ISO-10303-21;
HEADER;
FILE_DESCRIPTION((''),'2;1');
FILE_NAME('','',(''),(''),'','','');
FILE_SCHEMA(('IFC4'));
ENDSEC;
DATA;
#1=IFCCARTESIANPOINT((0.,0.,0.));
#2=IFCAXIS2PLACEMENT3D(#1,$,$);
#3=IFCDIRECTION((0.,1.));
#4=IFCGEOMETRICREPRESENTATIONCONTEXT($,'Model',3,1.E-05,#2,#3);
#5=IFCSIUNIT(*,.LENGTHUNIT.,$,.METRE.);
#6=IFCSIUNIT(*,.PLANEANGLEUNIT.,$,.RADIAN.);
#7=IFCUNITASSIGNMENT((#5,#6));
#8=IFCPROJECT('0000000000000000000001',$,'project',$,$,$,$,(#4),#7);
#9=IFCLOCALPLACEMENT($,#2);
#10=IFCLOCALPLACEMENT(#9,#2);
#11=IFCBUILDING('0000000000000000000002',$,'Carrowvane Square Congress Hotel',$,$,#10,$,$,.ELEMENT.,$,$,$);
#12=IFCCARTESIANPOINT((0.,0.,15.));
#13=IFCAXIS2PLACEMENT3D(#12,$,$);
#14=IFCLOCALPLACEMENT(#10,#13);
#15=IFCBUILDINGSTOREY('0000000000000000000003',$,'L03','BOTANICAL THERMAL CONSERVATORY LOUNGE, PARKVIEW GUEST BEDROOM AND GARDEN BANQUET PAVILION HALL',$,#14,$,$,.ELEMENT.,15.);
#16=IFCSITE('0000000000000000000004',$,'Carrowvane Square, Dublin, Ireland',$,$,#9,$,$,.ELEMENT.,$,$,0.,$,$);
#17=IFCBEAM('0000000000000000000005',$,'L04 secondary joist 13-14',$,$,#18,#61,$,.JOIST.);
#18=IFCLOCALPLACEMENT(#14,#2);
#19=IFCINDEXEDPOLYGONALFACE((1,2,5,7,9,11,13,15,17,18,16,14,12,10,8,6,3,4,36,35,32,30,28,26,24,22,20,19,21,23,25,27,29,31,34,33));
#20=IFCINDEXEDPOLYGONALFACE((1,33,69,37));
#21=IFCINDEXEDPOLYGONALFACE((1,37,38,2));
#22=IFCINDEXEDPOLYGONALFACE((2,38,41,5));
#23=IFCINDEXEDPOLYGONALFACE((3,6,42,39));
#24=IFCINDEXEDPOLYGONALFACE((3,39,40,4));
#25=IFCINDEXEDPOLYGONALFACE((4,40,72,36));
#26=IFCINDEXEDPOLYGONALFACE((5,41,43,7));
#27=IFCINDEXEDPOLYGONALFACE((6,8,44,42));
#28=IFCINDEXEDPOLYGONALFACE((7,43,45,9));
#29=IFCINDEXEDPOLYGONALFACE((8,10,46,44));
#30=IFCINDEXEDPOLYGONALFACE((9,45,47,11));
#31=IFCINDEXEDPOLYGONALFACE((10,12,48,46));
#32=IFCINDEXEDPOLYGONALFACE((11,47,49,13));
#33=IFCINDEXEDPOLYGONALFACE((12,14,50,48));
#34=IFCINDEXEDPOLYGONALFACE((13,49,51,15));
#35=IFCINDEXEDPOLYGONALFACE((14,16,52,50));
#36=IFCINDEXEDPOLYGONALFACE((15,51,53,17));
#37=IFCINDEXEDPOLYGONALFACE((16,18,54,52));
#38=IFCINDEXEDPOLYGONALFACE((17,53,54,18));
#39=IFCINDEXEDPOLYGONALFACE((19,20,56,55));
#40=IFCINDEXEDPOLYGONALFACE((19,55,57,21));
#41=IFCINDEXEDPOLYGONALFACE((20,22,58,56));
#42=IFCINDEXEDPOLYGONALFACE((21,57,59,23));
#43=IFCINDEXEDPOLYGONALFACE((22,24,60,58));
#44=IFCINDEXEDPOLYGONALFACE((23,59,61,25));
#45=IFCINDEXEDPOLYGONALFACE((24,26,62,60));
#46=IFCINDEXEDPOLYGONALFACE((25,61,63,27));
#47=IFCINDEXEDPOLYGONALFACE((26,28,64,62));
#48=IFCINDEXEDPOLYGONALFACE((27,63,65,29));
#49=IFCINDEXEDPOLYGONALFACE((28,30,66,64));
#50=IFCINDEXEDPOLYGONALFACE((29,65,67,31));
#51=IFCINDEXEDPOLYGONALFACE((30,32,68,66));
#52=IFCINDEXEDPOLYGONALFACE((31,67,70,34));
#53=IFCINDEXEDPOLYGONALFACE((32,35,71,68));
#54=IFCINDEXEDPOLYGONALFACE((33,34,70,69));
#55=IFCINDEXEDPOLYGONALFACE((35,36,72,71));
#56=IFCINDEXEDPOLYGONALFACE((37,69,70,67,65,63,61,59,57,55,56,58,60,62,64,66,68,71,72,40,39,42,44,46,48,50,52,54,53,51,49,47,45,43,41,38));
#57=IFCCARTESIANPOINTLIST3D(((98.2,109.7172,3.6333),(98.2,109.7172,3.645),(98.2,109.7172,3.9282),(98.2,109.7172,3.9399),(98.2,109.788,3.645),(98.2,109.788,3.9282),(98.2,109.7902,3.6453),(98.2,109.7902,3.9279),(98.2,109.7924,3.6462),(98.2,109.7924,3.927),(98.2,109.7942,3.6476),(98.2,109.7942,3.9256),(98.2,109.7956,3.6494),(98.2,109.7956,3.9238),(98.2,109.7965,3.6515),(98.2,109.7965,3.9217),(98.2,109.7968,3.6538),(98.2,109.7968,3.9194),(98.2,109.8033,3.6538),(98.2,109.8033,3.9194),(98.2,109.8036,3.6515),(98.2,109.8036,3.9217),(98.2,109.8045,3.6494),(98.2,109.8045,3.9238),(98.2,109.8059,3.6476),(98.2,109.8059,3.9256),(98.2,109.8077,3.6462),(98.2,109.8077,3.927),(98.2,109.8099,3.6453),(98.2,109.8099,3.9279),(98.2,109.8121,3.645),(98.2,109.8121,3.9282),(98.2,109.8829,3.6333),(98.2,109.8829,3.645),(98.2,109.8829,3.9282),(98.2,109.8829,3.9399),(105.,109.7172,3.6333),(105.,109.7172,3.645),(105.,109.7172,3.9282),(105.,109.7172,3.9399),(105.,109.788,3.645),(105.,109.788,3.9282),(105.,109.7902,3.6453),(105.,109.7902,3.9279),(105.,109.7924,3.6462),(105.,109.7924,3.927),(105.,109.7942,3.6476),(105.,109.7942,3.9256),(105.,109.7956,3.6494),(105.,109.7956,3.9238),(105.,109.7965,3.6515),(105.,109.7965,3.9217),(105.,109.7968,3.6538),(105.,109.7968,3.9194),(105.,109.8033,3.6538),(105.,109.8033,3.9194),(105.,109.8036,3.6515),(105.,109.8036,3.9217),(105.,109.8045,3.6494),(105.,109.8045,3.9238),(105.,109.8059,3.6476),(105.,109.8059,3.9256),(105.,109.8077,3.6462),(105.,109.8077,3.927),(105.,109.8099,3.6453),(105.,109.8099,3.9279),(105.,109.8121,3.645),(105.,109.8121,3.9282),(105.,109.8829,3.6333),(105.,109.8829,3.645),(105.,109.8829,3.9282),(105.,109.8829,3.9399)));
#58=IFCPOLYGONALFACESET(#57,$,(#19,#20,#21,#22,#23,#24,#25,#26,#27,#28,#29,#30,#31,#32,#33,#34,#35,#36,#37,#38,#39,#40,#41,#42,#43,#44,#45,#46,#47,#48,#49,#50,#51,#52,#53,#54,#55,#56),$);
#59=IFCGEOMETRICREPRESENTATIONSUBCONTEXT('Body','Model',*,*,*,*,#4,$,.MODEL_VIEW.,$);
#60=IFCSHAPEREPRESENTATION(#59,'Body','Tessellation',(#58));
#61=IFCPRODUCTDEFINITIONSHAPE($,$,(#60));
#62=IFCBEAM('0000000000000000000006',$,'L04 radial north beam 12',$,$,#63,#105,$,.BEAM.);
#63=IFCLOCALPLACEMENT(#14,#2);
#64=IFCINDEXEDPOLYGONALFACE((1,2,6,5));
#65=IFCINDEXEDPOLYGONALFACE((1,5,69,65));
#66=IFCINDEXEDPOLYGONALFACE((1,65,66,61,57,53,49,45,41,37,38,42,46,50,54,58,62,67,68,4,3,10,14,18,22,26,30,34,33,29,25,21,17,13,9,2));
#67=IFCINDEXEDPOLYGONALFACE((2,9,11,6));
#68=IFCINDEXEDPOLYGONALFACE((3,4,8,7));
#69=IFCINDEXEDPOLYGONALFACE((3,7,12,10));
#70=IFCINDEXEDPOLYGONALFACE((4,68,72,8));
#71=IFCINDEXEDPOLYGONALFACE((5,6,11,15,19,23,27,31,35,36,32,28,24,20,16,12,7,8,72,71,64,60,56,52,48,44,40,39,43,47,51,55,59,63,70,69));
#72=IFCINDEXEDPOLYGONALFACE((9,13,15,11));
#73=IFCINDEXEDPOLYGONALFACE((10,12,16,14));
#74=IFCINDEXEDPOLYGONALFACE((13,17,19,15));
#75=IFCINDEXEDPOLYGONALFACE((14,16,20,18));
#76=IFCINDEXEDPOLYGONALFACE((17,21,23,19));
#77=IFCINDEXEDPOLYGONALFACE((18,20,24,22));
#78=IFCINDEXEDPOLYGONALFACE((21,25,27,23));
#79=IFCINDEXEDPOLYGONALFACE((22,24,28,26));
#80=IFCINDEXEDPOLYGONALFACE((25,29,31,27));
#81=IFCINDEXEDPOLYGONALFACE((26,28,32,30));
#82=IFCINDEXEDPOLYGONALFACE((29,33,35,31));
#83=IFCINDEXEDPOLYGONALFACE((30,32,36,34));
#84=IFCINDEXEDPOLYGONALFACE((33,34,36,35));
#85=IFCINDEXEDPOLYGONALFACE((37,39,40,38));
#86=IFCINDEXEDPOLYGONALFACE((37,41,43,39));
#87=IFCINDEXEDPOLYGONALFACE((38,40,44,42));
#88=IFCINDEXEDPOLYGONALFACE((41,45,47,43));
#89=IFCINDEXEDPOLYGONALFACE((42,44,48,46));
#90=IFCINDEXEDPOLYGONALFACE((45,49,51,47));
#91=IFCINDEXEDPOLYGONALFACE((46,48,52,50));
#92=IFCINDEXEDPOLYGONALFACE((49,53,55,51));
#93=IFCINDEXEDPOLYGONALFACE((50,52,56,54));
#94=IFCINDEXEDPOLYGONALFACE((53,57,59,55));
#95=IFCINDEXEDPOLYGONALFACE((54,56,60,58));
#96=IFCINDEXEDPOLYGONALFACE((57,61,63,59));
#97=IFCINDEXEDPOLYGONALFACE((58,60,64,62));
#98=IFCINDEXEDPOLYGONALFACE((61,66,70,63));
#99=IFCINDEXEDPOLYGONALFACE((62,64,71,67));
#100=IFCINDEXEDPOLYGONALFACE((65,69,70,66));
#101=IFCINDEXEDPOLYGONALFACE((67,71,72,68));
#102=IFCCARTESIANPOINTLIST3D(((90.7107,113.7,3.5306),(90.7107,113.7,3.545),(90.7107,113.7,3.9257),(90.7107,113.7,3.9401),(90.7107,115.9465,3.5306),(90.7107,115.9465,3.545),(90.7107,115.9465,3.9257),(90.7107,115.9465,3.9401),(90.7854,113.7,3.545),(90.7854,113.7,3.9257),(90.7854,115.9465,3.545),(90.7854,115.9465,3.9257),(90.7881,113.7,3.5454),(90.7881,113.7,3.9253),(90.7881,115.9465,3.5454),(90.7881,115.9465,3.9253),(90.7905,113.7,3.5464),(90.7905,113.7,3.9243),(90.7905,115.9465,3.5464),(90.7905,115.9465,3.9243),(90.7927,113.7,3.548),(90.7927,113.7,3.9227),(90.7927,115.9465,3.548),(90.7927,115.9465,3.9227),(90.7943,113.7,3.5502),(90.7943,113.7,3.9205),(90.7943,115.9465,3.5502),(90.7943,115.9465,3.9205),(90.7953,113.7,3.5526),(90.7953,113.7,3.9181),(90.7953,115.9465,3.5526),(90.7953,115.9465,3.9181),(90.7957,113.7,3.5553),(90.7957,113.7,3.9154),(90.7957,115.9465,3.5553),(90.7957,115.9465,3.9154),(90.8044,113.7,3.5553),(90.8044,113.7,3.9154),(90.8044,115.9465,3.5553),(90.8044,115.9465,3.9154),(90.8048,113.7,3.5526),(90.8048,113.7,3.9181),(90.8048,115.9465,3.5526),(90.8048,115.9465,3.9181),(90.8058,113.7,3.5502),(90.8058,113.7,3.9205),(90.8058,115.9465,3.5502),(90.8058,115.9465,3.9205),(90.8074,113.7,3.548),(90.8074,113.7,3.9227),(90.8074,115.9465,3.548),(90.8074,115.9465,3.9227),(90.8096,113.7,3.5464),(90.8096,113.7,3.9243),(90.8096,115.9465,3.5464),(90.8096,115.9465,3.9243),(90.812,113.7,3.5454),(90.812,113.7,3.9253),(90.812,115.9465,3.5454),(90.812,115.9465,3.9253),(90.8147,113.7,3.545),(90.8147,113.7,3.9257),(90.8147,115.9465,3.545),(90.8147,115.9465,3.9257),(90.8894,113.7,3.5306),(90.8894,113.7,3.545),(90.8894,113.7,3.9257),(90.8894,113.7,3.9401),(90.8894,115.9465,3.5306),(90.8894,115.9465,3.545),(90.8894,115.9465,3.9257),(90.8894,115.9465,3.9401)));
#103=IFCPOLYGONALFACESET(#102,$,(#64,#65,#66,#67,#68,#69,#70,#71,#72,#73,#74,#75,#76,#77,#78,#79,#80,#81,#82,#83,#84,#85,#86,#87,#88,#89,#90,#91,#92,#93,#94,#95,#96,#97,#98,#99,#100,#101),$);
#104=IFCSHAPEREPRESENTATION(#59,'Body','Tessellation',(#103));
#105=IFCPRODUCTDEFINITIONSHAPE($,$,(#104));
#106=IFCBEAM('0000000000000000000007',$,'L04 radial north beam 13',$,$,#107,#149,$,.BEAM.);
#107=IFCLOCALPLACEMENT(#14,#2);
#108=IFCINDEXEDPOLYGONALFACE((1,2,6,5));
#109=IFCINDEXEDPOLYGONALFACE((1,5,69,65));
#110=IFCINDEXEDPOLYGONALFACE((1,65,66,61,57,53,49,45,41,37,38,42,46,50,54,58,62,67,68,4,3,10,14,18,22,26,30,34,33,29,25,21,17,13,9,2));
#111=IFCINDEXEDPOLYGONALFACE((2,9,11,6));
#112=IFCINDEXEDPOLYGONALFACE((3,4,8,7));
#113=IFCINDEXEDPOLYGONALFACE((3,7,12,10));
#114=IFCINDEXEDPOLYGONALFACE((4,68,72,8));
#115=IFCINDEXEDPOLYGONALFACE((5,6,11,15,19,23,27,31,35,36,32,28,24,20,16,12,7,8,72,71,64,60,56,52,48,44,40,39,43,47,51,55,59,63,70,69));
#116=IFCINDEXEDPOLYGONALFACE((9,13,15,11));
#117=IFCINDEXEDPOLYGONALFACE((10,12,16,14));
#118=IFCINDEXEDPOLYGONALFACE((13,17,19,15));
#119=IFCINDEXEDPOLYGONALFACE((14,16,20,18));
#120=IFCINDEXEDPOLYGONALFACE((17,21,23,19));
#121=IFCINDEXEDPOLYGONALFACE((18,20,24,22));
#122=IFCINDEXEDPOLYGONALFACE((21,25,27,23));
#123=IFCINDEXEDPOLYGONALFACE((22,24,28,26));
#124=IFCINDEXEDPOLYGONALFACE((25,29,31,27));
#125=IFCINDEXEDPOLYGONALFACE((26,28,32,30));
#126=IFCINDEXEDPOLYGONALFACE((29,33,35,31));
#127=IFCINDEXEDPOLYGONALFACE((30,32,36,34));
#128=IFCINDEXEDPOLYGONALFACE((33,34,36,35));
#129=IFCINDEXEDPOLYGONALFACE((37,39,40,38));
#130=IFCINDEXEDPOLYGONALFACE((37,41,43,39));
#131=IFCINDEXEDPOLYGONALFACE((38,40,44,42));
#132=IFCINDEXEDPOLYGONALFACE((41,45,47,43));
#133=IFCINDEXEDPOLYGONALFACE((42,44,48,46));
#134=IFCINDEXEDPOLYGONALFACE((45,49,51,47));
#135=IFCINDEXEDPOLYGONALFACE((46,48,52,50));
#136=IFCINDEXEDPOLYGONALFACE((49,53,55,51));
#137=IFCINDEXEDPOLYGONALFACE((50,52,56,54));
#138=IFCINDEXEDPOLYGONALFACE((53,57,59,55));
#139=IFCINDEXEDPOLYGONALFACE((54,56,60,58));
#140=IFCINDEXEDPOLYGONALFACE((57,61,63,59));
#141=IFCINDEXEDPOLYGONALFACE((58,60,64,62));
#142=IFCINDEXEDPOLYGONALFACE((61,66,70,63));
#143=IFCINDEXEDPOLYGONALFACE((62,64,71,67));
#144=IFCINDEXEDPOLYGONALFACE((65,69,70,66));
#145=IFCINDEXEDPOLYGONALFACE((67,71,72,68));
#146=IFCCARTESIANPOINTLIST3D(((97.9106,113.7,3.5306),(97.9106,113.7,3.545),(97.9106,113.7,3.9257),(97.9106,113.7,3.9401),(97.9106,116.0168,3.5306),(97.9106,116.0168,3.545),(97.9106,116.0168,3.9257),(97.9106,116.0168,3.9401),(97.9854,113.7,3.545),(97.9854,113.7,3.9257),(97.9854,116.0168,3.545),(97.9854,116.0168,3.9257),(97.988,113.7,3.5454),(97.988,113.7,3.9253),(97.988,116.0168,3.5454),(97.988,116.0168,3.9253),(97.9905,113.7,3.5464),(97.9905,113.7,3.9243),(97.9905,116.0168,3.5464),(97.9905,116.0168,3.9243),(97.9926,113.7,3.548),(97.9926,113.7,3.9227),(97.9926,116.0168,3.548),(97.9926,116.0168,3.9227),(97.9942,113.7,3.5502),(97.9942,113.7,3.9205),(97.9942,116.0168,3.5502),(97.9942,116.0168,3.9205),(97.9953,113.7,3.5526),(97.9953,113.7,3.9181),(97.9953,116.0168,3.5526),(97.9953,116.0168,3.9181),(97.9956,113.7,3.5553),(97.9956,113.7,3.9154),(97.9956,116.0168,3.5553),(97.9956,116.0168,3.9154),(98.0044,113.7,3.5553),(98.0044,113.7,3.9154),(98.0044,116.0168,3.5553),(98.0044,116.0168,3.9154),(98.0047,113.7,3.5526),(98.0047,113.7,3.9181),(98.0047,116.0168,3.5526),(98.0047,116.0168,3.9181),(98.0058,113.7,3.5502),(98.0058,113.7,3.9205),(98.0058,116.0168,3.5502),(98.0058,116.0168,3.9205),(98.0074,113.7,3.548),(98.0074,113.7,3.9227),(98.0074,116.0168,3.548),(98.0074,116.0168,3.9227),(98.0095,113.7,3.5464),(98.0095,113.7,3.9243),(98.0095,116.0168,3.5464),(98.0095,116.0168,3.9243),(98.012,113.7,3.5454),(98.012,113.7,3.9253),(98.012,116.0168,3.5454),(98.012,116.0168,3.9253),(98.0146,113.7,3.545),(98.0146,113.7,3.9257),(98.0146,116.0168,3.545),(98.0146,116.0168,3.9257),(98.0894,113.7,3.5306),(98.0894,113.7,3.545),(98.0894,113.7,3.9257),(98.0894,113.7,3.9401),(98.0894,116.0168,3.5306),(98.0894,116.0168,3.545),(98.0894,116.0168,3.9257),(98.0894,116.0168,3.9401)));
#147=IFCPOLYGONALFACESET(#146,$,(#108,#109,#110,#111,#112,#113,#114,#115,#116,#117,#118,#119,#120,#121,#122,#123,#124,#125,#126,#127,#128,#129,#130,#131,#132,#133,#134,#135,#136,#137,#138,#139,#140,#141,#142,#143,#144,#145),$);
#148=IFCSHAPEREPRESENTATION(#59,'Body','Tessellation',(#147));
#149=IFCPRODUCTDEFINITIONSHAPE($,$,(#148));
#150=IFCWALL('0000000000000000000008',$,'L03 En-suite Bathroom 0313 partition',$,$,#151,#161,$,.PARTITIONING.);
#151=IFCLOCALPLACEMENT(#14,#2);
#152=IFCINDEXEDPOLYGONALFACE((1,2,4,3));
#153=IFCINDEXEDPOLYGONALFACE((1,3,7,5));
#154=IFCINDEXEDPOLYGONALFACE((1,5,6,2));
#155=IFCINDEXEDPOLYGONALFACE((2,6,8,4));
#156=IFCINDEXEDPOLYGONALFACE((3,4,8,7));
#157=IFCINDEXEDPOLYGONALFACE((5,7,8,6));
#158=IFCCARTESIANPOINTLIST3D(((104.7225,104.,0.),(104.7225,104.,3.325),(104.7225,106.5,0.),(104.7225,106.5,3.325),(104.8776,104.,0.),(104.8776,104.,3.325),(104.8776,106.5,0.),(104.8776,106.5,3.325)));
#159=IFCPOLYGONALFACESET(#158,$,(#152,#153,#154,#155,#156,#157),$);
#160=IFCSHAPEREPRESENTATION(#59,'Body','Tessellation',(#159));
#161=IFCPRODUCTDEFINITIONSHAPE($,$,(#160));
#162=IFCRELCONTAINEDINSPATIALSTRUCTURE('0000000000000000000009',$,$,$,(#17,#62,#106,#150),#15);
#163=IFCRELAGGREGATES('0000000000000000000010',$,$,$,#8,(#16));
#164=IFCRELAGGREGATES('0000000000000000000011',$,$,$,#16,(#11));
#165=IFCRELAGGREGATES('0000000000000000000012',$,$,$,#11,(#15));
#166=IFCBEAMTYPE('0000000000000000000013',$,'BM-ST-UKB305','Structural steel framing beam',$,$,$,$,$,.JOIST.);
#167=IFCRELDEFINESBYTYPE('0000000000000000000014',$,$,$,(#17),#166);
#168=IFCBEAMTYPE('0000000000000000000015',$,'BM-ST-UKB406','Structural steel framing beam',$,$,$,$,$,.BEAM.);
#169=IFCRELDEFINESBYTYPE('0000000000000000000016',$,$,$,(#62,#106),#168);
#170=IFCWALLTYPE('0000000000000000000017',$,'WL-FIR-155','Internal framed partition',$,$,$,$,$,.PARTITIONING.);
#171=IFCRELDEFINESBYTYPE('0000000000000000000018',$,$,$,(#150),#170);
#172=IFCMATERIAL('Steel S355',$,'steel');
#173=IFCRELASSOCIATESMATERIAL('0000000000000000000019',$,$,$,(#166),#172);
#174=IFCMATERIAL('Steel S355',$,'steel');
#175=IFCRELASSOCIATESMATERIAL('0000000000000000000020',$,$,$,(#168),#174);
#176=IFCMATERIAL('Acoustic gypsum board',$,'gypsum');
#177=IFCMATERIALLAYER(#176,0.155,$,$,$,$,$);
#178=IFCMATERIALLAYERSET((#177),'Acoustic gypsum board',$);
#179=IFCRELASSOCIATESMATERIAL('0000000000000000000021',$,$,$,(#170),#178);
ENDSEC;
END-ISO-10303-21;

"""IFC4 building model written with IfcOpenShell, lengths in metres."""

from ifc_helpers import new_model, si_unit, direction, frame, frame_2d, origin, origin_2d, place, context, subcontext, project, spatial, rectangle, i_section, extrude, material, layer, layer_set, material_profile, profile_set, type_object, element, save


model = new_model("IFC4")

# Units and contexts
model_context = context("Model", 3, precision=1e-05, world=origin(), true_north=direction((0.0, 1.0)))
body_context = subcontext(model_context, "Body", "Model", "MODEL_VIEW")
ifc_project = project(units=[si_unit("LENGTHUNIT", "METRE"), si_unit("PLANEANGLEUNIT", "RADIAN")], contexts=[model_context])

# Site, building, storey
site_placement = place(None, origin())
site = spatial("IfcSite", under=ifc_project, at=site_placement, Name="Carrowvane Square, Dublin, Ireland", CompositionType="ELEMENT", RefElevation=0.0)
building_placement = place(site_placement, origin())
building = spatial("IfcBuilding", under=site, at=building_placement, Name="Carrowvane Square Congress Hotel", CompositionType="ELEMENT")
storey_placement = place(building_placement, frame((0.0, 0.0, 15.0)))
storey = spatial("IfcBuildingStorey", under=building, at=storey_placement, Name="L03", Description="BOTANICAL THERMAL CONSERVATORY LOUNGE, PARKVIEW GUEST BEDROOM AND GARDEN BANQUET PAVILION HALL", CompositionType="ELEMENT", Elevation=15.0)

# Beams
ifc_material_1 = material(Name="Steel S355", Category="steel")
ifc_material_profile_1 = material_profile(ifc_material_1, i_section(OverallWidth=0.1658, OverallDepth=0.3066, WebThickness=0.0066, FlangeThickness=0.0117, FilletRadius=0.0088, at=origin_2d()), Name="UKB 305x165x46")
ifc_profile_set_1 = profile_set([ifc_material_profile_1], Name="Steel S355")
beam_type_1 = type_object("IfcBeamType", Name="BM-ST-UKB305", Description="Structural steel framing beam", PredefinedType="JOIST", material=ifc_profile_set_1)
for number, where, z_axis, x_axis, name in (
    (1, (98.2, 109.8, 3.7866), (1.0, 0.0, 0.0), (0.0, 1.0, 0.0), "L04 secondary joist 13-14"),
):
    element("IfcBeam", number, at=place(storey_placement, frame(where, z_axis=z_axis, x_axis=x_axis)), inside=storey, type_object=beam_type_1, Name=name, PredefinedType="JOIST", context=body_context, shape_type="SweptSolid", body=[
        extrude(i_section(OverallWidth=0.1658, OverallDepth=0.3066, WebThickness=0.0066, FlangeThickness=0.0117, FilletRadius=0.0088, at=origin_2d()), origin(), (0.0, 0.0, 1.0), 6.8),
    ])
ifc_material_2 = material(Name="Steel S355", Category="steel")
ifc_material_profile_2 = material_profile(ifc_material_2, i_section(OverallWidth=0.1787, OverallDepth=0.4094, WebThickness=0.0088, FlangeThickness=0.0144, FilletRadius=0.0103, at=origin_2d()), Name="UKB 406x178x67")
ifc_profile_set_2 = profile_set([ifc_material_profile_2], Name="Steel S355")
beam_type_2 = type_object("IfcBeamType", Name="BM-ST-UKB406", Description="Structural steel framing beam", PredefinedType="BEAM", material=ifc_profile_set_2)
beam_1_placement = place(storey_placement, frame((90.8, 113.7, 3.7354), z_axis=(0.0, 1.0, 0.0), x_axis=(-1.0, 0.0, 0.0)))
element("IfcBeam", 2, at=beam_1_placement, inside=storey, type_object=beam_type_2, Name="L04 radial north beam 12", PredefinedType="BEAM", context=body_context, shape_type="SweptSolid", body=[
    extrude(i_section(OverallWidth=0.1787, OverallDepth=0.4094, WebThickness=0.0088, FlangeThickness=0.0144, FilletRadius=0.0103, at=origin_2d()), origin(), (0.0, 0.0, 1.0), 2.2466),
])
beam_2_placement = place(storey_placement, frame((98.0, 113.7, 3.7354), z_axis=(0.0, 1.0, 0.0), x_axis=(-1.0, 0.0, 0.0)))
element("IfcBeam", 3, at=beam_2_placement, inside=storey, type_object=beam_type_2, Name="L04 radial north beam 13", PredefinedType="BEAM", context=body_context, shape_type="SweptSolid", body=[
    extrude(i_section(OverallWidth=0.1787, OverallDepth=0.4094, WebThickness=0.0088, FlangeThickness=0.0144, FilletRadius=0.0103, at=origin_2d()), origin(), (0.0, 0.0, 1.0), 2.3169),
])

# Wall
ifc_material_3 = material(Name="Acoustic gypsum board", Category="gypsum")
ifc_layer_1 = layer(ifc_material_3, 0.155)
ifc_layer_set_1 = layer_set([ifc_layer_1], Name="Acoustic gypsum board")
wall_type_1 = type_object("IfcWallType", Name="WL-FIR-155", Description="Internal framed partition", PredefinedType="PARTITIONING", material=ifc_layer_set_1)
wall_1_placement = place(storey_placement, frame((104.8, 106.5, 0.0), z_axis=(0.0, 0.0, 1.0), x_axis=(0.0, -1.0, 0.0)))
element("IfcWall", 4, at=wall_1_placement, inside=storey, type_object=wall_type_1, Name="L03 En-suite Bathroom 0313 partition", PredefinedType="PARTITIONING", context=body_context, shape_type="SweptSolid", body=[
    extrude(rectangle(XDim=2.5, YDim=0.155, at=frame_2d((1.25, 0.0))), origin(), (0.0, 0.0, 1.0), 3.325),
])

save(model, "model.ifc")
